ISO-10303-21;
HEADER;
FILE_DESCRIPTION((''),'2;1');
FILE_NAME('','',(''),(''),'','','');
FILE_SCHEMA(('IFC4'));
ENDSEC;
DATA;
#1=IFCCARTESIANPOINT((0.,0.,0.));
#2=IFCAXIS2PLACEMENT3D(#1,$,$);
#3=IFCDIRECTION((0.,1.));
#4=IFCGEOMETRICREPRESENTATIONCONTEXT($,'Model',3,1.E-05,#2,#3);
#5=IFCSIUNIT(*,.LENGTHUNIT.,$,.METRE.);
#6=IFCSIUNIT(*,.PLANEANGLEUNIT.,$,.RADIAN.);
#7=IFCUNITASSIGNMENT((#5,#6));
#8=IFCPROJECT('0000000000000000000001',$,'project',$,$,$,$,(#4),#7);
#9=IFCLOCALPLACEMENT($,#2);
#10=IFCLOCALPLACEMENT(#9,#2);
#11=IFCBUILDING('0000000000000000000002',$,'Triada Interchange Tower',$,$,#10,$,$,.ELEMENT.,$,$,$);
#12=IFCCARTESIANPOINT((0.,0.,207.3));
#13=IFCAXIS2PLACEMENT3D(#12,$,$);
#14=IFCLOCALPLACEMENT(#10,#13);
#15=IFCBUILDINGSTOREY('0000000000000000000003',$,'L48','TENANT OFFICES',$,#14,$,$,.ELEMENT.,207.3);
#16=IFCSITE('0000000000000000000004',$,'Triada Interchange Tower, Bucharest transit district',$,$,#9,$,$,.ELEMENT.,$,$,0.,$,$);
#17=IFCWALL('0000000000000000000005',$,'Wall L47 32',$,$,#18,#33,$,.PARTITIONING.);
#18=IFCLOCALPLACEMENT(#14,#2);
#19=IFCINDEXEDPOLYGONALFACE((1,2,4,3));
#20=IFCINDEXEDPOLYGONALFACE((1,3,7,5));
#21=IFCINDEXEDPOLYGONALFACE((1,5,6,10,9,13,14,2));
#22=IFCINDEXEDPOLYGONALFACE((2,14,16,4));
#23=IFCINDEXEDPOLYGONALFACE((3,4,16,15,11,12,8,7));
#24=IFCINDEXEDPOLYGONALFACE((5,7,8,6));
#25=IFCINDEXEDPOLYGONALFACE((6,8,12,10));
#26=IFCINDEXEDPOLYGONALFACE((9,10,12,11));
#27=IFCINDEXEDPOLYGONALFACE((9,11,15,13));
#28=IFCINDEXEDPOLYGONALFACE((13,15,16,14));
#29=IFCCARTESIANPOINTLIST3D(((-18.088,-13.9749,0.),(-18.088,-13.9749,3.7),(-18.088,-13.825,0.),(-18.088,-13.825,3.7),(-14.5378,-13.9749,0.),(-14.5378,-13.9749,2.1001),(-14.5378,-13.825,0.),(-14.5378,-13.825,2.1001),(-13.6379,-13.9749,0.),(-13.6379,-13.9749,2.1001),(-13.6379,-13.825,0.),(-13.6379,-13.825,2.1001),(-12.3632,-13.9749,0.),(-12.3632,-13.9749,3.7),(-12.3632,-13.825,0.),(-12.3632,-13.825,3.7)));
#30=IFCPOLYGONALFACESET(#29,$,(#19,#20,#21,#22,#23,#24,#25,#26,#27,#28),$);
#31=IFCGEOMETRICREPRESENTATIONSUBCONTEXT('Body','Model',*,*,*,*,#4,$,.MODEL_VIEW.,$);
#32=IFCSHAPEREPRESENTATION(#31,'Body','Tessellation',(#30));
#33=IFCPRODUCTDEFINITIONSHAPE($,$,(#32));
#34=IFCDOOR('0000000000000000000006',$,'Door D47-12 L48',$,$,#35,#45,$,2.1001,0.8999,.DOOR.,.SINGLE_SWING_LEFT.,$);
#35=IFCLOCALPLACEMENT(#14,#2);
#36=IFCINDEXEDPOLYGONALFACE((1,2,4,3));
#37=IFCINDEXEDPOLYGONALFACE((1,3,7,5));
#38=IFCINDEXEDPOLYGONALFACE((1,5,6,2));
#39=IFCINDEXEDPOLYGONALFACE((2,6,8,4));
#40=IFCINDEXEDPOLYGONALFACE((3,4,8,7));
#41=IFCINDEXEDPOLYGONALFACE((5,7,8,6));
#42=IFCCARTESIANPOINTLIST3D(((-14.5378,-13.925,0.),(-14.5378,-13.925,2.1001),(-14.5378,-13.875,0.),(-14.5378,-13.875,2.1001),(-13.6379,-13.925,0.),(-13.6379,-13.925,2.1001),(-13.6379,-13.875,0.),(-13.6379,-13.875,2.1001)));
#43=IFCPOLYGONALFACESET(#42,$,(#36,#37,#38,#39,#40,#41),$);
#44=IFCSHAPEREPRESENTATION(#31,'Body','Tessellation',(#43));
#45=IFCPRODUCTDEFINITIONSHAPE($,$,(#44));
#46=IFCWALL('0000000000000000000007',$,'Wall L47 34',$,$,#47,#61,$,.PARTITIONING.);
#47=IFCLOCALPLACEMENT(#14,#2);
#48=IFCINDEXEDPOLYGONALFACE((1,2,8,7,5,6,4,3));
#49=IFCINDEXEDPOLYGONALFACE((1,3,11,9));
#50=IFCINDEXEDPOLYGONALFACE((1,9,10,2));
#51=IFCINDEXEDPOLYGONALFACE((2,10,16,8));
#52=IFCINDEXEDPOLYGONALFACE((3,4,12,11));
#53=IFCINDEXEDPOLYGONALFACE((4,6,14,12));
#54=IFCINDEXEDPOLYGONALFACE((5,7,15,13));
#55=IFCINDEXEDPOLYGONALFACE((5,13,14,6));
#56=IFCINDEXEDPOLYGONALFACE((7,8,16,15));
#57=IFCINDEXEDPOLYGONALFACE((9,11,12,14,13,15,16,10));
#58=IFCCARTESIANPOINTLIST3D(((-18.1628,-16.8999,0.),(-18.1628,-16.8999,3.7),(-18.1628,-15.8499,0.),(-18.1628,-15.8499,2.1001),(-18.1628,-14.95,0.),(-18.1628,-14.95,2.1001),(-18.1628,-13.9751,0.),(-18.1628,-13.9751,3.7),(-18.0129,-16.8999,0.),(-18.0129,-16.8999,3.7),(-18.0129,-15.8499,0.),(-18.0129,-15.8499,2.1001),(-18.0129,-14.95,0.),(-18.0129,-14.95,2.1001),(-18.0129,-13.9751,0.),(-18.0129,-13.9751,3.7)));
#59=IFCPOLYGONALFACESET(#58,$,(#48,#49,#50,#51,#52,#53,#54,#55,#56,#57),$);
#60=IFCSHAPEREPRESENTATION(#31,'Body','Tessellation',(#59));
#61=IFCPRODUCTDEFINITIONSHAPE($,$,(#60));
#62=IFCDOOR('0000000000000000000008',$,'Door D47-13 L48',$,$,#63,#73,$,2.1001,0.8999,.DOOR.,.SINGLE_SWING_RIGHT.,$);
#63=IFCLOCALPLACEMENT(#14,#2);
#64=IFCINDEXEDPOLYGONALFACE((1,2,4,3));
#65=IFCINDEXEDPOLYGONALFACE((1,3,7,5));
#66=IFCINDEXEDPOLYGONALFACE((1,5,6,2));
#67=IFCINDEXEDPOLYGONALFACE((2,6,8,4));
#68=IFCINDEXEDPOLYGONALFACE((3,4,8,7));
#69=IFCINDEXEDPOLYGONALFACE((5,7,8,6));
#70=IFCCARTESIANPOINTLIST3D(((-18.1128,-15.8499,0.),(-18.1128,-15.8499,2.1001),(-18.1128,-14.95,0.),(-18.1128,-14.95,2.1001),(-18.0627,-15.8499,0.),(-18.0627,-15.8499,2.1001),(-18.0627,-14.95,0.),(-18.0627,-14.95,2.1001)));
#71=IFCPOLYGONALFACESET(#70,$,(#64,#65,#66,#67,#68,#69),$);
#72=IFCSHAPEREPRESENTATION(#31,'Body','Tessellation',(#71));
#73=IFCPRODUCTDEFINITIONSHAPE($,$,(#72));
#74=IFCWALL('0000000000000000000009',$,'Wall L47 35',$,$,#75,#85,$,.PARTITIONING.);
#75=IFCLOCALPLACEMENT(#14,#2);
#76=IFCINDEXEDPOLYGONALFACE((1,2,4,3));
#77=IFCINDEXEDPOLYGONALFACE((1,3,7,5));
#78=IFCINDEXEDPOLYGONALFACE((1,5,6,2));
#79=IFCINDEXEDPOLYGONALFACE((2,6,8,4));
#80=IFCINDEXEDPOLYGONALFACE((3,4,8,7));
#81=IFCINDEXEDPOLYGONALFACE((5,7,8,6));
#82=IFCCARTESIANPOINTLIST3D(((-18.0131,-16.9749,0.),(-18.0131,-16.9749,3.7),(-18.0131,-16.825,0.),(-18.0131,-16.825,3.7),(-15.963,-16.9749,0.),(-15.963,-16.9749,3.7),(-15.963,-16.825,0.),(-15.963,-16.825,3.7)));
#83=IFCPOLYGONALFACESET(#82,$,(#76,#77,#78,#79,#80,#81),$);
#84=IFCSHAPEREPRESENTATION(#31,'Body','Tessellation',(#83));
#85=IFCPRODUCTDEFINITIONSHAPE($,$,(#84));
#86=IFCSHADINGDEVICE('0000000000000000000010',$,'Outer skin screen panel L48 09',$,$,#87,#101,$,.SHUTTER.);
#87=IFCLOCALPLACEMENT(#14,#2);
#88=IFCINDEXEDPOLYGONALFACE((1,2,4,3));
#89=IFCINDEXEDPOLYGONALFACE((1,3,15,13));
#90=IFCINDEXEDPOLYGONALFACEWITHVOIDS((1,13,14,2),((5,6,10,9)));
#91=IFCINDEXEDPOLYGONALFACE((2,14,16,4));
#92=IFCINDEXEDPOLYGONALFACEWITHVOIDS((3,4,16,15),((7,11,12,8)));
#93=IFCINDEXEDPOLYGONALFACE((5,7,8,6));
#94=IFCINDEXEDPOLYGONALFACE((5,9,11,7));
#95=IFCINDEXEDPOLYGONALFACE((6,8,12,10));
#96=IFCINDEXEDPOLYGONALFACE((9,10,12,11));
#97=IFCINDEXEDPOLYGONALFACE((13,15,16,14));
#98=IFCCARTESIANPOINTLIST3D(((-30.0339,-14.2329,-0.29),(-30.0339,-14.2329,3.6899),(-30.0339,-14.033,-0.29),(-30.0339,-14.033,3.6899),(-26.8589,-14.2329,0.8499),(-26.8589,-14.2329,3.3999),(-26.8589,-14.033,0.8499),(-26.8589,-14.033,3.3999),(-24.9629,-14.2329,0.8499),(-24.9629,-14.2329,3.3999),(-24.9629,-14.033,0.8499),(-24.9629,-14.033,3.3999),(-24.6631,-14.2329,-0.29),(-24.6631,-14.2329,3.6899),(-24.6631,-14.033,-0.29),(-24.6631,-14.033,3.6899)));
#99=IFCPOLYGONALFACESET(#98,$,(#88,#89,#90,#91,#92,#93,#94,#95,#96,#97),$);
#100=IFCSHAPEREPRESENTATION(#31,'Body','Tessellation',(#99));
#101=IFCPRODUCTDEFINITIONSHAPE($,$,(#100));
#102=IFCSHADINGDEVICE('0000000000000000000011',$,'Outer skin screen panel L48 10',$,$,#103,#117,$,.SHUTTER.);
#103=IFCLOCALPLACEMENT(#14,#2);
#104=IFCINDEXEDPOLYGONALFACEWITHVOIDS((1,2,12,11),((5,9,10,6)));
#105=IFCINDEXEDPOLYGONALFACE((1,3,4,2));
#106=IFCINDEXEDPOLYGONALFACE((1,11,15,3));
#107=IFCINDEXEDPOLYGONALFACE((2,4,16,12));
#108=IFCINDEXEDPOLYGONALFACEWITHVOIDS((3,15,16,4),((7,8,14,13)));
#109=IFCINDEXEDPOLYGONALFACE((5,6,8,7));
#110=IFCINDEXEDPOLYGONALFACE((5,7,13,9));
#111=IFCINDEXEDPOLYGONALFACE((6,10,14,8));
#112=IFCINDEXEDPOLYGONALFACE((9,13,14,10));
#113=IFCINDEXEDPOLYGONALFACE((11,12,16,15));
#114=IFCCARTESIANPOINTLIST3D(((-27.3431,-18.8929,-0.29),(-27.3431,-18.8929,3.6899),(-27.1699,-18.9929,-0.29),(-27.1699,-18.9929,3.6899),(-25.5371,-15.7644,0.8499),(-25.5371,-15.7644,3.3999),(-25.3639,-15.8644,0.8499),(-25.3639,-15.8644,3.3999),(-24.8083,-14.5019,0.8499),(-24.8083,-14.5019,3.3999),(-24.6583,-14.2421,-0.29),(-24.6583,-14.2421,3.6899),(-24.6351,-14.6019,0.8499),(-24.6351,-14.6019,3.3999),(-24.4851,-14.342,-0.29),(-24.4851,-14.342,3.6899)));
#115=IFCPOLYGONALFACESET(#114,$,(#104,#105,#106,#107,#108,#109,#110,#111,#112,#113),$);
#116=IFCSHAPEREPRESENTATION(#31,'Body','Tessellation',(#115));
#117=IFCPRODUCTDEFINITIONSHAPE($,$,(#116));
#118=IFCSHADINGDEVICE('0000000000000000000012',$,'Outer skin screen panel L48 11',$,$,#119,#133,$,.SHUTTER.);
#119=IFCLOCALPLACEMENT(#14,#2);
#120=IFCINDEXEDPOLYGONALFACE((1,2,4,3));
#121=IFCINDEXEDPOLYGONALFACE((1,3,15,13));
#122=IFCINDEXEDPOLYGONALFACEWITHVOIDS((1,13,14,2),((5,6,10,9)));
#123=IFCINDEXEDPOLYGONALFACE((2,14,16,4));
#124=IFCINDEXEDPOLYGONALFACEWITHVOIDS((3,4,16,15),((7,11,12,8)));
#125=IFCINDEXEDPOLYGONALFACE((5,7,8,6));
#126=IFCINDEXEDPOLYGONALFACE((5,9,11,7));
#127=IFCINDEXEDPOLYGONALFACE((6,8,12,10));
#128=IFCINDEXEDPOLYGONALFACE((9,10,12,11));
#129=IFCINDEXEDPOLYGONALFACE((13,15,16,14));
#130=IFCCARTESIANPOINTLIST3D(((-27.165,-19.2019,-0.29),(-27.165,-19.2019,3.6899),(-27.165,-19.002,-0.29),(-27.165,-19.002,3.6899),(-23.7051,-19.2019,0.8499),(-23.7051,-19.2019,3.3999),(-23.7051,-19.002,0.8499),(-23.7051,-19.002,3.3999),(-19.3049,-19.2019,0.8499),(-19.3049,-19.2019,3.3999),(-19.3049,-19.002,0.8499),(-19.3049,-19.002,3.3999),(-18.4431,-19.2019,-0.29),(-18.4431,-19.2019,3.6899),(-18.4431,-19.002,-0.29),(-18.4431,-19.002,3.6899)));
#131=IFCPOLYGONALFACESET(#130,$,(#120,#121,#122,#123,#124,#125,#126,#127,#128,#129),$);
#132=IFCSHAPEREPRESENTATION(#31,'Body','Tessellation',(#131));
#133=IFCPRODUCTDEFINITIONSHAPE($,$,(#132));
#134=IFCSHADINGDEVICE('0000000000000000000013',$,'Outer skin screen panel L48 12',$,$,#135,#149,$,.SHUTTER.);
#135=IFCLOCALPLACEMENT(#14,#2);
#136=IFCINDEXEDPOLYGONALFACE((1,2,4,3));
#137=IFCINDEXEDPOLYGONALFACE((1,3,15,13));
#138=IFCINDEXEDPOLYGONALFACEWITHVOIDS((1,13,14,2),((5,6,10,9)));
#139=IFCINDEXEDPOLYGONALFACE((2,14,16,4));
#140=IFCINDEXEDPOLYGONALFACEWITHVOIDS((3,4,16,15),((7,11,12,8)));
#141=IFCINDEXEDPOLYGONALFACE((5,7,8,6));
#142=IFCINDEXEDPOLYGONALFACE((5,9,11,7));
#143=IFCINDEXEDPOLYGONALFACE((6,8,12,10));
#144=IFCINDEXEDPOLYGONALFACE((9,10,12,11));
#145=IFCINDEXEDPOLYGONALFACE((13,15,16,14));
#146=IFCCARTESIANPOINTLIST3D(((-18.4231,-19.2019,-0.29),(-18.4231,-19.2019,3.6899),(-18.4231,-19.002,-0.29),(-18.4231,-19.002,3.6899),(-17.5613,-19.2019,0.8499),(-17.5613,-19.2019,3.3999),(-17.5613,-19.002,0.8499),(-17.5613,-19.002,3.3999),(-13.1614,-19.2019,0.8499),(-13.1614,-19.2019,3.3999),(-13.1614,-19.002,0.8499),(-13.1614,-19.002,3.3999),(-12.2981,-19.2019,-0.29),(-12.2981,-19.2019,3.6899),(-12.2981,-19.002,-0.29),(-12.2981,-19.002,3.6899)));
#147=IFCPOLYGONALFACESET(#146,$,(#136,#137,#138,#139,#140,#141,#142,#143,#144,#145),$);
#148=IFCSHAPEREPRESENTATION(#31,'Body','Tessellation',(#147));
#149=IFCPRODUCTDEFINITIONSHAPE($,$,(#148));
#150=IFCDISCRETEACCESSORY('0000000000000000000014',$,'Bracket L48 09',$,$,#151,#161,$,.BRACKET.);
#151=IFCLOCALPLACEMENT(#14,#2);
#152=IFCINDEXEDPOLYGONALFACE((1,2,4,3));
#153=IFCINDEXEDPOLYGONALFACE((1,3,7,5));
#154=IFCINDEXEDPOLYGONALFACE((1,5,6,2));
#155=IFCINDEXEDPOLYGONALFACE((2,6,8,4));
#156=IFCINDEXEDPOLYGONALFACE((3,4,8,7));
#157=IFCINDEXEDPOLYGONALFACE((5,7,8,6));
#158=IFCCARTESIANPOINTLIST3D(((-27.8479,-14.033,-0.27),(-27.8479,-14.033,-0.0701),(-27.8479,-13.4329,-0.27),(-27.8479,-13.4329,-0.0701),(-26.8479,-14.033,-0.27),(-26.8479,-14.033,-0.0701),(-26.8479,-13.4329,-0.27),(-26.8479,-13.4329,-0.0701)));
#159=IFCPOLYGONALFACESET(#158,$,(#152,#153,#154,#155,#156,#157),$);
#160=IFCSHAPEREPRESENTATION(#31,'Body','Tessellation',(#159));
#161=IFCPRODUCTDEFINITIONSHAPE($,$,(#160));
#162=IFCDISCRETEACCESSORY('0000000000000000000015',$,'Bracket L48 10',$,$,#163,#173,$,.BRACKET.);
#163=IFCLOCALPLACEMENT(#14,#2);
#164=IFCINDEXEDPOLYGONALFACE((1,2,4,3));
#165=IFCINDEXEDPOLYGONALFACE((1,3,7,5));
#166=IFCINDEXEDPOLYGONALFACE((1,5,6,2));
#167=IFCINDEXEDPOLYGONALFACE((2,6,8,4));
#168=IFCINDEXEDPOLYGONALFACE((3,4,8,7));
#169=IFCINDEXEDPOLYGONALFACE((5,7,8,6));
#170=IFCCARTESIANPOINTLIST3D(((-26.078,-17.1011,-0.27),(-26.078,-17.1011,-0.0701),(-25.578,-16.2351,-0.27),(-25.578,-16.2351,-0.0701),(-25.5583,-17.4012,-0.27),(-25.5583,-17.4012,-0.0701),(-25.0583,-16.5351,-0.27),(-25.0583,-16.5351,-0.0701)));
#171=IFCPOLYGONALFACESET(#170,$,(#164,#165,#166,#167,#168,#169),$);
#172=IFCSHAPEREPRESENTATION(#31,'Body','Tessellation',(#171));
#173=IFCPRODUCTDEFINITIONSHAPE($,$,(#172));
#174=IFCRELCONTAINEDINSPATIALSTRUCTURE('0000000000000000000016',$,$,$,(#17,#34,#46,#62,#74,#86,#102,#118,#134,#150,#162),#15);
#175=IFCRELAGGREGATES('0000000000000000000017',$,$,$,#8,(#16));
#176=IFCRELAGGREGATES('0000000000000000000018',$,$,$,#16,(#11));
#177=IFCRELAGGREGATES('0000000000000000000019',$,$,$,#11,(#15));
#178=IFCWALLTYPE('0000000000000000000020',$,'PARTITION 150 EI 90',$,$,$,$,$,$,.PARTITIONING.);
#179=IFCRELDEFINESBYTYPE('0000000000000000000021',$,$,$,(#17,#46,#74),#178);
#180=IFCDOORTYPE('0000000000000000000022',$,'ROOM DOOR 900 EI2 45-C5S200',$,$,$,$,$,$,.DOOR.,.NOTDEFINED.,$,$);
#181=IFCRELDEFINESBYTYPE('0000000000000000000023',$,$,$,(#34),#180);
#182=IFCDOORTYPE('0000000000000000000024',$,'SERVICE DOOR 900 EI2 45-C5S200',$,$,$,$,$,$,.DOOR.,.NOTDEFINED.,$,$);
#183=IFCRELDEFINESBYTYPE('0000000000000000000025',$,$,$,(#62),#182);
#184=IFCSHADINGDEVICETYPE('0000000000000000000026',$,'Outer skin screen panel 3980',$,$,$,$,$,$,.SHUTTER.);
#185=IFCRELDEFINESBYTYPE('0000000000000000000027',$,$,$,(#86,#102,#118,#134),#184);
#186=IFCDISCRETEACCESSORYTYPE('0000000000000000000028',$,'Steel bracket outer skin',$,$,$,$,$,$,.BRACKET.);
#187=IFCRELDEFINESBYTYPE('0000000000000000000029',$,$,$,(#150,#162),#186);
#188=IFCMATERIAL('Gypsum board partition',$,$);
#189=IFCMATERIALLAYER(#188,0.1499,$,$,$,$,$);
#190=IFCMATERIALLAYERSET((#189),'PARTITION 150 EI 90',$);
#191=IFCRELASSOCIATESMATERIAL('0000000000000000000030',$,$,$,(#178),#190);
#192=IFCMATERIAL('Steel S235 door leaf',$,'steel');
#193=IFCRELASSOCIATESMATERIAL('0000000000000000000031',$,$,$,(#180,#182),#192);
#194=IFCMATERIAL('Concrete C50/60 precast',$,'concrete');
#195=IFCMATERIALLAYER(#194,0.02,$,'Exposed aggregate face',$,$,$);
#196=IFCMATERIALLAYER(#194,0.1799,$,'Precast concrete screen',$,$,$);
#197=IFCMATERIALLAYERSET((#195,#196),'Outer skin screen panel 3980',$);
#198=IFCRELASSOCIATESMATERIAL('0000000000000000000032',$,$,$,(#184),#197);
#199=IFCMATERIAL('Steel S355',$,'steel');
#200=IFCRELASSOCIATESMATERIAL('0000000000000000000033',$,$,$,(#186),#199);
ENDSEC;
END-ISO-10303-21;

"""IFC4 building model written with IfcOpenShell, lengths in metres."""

from ifc_helpers import new_model, si_unit, direction, frame, frame_2d, origin, origin_2d, place, context, subcontext, project, spatial, polyline, rectangle, outline, extrude, material, layer, layer_set, type_object, element, fill, save


model = new_model("IFC4")

# Units and contexts
model_context = context("Model", 3, precision=1e-05, world=origin(), true_north=direction((0.0, 1.0)))
body_context = subcontext(model_context, "Body", "Model", "MODEL_VIEW")
ifc_project = project(units=[si_unit("LENGTHUNIT", "METRE"), si_unit("PLANEANGLEUNIT", "RADIAN")], contexts=[model_context])

# Site, building, storey
site_placement = place(None, origin())
site = spatial("IfcSite", under=ifc_project, at=site_placement, Name="Triada Interchange Tower, Bucharest transit district", CompositionType="ELEMENT", RefElevation=0.0)
building_placement = place(site_placement, origin())
building = spatial("IfcBuilding", under=site, at=building_placement, Name="Triada Interchange Tower", CompositionType="ELEMENT")
storey_placement = place(building_placement, frame((0.0, 0.0, 207.3)))
storey = spatial("IfcBuildingStorey", under=building, at=storey_placement, Name="L48", Description="TENANT OFFICES", CompositionType="ELEMENT", Elevation=207.3)

# Walls, openings, doors
ifc_material_1 = material(Name="Gypsum board partition")
ifc_layer_1 = layer(ifc_material_1, 0.1499)
ifc_layer_set_1 = layer_set([ifc_layer_1], Name="PARTITION 150 EI 90")
wall_type_1 = type_object("IfcWallType", Name="PARTITION 150 EI 90", PredefinedType="PARTITIONING", material=ifc_layer_set_1)
wall_1_placement = place(storey_placement, frame((-18.0879, -13.8999, 0.0), z_axis=(0.0, 0.0, 1.0), x_axis=(1.0, 0.0, 0.0)))
wall_1 = element("IfcWall", 1, at=wall_1_placement, inside=storey, type_object=wall_type_1, Name="Wall L47 32", PredefinedType="PARTITIONING", context=body_context, shape_type="SweptSolid", body=[
    extrude(rectangle(XDim=5.7249, YDim=0.1499, at=frame_2d((2.8623, 0.0))), origin(), (0.0, 0.0, 1.0), 3.7),
])
opening_1_placement = place(wall_1_placement, frame((3.55, 0.0, 0.0)))
opening_1 = element("IfcOpeningElement", 2, at=opening_1_placement, cuts=wall_1, PredefinedType="OPENING", context=body_context, shape_type="SweptSolid", body=[
    extrude(rectangle(XDim=0.8999, YDim=2.1001, at=frame_2d((0.45, 1.05))), frame((0.0, 0.085, 0.0), z_axis=(0.0, -1.0, 0.0), x_axis=(1.0, 0.0, 0.0)), (0.0, 0.0, 1.0), 0.1699),
])
ifc_material_2 = material(Name="Steel S235 door leaf", Category="steel")
door_type_1 = type_object("IfcDoorType", Name="ROOM DOOR 900 EI2 45-C5S200", OperationType="NOTDEFINED", PredefinedType="DOOR", material=ifc_material_2)
door_1_placement = place(opening_1_placement, origin())
door_1 = element("IfcDoor", 3, at=door_1_placement, inside=storey, type_object=door_type_1, Name="Door D47-12 L48", OperationType="SINGLE_SWING_LEFT", OverallHeight=2.1001, OverallWidth=0.8999, PredefinedType="DOOR", context=body_context, shape_type="SweptSolid", body=[
    extrude(rectangle(XDim=0.8999, YDim=2.1001, at=frame_2d((0.45, 1.05))), frame((0.0, 0.0249, 0.0), z_axis=(0.0, -1.0, 0.0), x_axis=(1.0, 0.0, 0.0)), (0.0, 0.0, 1.0), 0.05),
])
fill(opening_1, door_1)
wall_2_placement = place(storey_placement, frame((-18.0879, -16.8999, 0.0), z_axis=(0.0, 0.0, 1.0), x_axis=(0.0, 1.0, 0.0)))
wall_2 = element("IfcWall", 4, at=wall_2_placement, inside=storey, type_object=wall_type_1, Name="Wall L47 34", PredefinedType="PARTITIONING", context=body_context, shape_type="SweptSolid", body=[
    extrude(rectangle(XDim=2.9248, YDim=0.1499, at=frame_2d((1.4624, 0.0))), origin(), (0.0, 0.0, 1.0), 3.7),
])
opening_2_placement = place(wall_2_placement, frame((1.05, 0.0, 0.0)))
opening_2 = element("IfcOpeningElement", 5, at=opening_2_placement, cuts=wall_2, PredefinedType="OPENING", context=body_context, shape_type="SweptSolid", body=[
    extrude(rectangle(XDim=0.8999, YDim=2.1001, at=frame_2d((0.45, 1.05))), frame((0.0, 0.085, 0.0), z_axis=(0.0, -1.0, 0.0), x_axis=(1.0, 0.0, 0.0)), (0.0, 0.0, 1.0), 0.1699),
])
door_type_2 = type_object("IfcDoorType", Name="SERVICE DOOR 900 EI2 45-C5S200", OperationType="NOTDEFINED", PredefinedType="DOOR", material=ifc_material_2)
door_2_placement = place(opening_2_placement, origin())
door_2 = element("IfcDoor", 6, at=door_2_placement, inside=storey, type_object=door_type_2, Name="Door D47-13 L48", OperationType="SINGLE_SWING_RIGHT", OverallHeight=2.1001, OverallWidth=0.8999, PredefinedType="DOOR", context=body_context, shape_type="SweptSolid", body=[
    extrude(rectangle(XDim=0.8999, YDim=2.1001, at=frame_2d((0.45, 1.05))), frame((0.0, 0.0249, 0.0), z_axis=(0.0, -1.0, 0.0), x_axis=(1.0, 0.0, 0.0)), (0.0, 0.0, 1.0), 0.05),
])
fill(opening_2, door_2)

# Wall
wall_3_placement = place(storey_placement, frame((-18.0129, -16.8999, 0.0), z_axis=(0.0, 0.0, 1.0), x_axis=(1.0, 0.0, 0.0)))
element("IfcWall", 7, at=wall_3_placement, inside=storey, type_object=wall_type_1, Name="Wall L47 35", PredefinedType="PARTITIONING", context=body_context, shape_type="SweptSolid", body=[
    extrude(rectangle(XDim=2.05, YDim=0.1499, at=frame_2d((1.0249, 0.0))), origin(), (0.0, 0.0, 1.0), 3.7),
])

# Shading devices
ifc_material_3 = material(Name="Concrete C50/60 precast", Category="concrete")
ifc_layer_2 = layer(ifc_material_3, 0.02, Name="Exposed aggregate face")
ifc_layer_3 = layer(ifc_material_3, 0.1799, Name="Precast concrete screen")
ifc_layer_set_2 = layer_set([ifc_layer_2, ifc_layer_3], Name="Outer skin screen panel 3980")
shading_device_type = type_object("IfcShadingDeviceType", Name="Outer skin screen panel 3980", PredefinedType="SHUTTER", material=ifc_layer_set_2)
shading_device_1_placement = place(storey_placement, frame((-30.0339, -14.033, -0.29), z_axis=(0.0, 0.0, 1.0), x_axis=(1.0, 0.0, 0.0)))
element("IfcShadingDevice", 8, at=shading_device_1_placement, inside=storey, type_object=shading_device_type, Name="Outer skin screen panel L48 09", PredefinedType="SHUTTER", context=body_context, shape_type="SweptSolid", body=[
    extrude(outline(polyline([(0.0, 0.0), (5.3708, 0.0), (5.3708, 3.98), (0.0, 3.98), (0.0, 0.0)]), holes=[polyline([(3.175, 1.1399), (3.175, 3.6899), (5.071, 3.6899), (5.071, 1.1399), (3.175, 1.1399)])]), frame((0.0, 0.0, 0.0), z_axis=(0.0, -1.0, 0.0), x_axis=(1.0, 0.0, 0.0)), (0.0, 0.0, 1.0), 0.2),
])
shading_device_2_placement = place(storey_placement, frame((-24.4851, -14.342, -0.29), z_axis=(0.0, 0.0, 1.0), x_axis=(-0.499948, -0.866055, 0.0)))
element("IfcShadingDevice", 9, at=shading_device_2_placement, inside=storey, type_object=shading_device_type, Name="Outer skin screen panel L48 10", PredefinedType="SHUTTER", context=body_context, shape_type="SweptSolid", body=[
    extrude(outline(polyline([(0.0, 0.0), (5.3701, 0.0), (5.3701, 3.98), (0.0, 3.98), (0.0, 0.0)]), holes=[polyline([(0.3, 1.1399), (0.3, 3.6899), (1.7578, 3.6899), (1.7578, 1.1399), (0.3, 1.1399)])]), frame((0.0, 0.0, 0.0), z_axis=(0.0, -1.0, 0.0), x_axis=(1.0, 0.0, 0.0)), (0.0, 0.0, 1.0), 0.2),
])
shading_device_3_placement = place(storey_placement, frame((-27.165, -19.002, -0.29), z_axis=(0.0, 0.0, 1.0), x_axis=(1.0, 0.0, 0.0)))
element("IfcShadingDevice", 10, at=shading_device_3_placement, inside=storey, type_object=shading_device_type, Name="Outer skin screen panel L48 11", PredefinedType="SHUTTER", context=body_context, shape_type="SweptSolid", body=[
    extrude(outline(polyline([(0.0, 0.0), (8.7219, 0.0), (8.7219, 3.98), (0.0, 3.98), (0.0, 0.0)]), holes=[polyline([(3.46, 1.1399), (3.46, 3.6899), (7.8601, 3.6899), (7.8601, 1.1399), (3.46, 1.1399)])]), frame((0.0, 0.0, 0.0), z_axis=(0.0, -1.0, 0.0), x_axis=(1.0, 0.0, 0.0)), (0.0, 0.0, 1.0), 0.2),
])
shading_device_4_placement = place(storey_placement, frame((-18.4231, -19.002, -0.29), z_axis=(0.0, 0.0, 1.0), x_axis=(1.0, 0.0, 0.0)))
element("IfcShadingDevice", 11, at=shading_device_4_placement, inside=storey, type_object=shading_device_type, Name="Outer skin screen panel L48 12", PredefinedType="SHUTTER", context=body_context, shape_type="SweptSolid", body=[
    extrude(outline(polyline([(0.0, 0.0), (6.125, 0.0), (6.125, 3.98), (0.0, 3.98), (0.0, 0.0)]), holes=[polyline([(0.8618, 1.1399), (0.8618, 3.6899), (5.2617, 3.6899), (5.2617, 1.1399), (0.8618, 1.1399)])]), frame((0.0, 0.0, 0.0), z_axis=(0.0, -1.0, 0.0), x_axis=(1.0, 0.0, 0.0)), (0.0, 0.0, 1.0), 0.2),
])

# Discrete accessories
ifc_material_4 = material(Name="Steel S355", Category="steel")
discrete_accessory_type = type_object("IfcDiscreteAccessoryType", Name="Steel bracket outer skin", PredefinedType="BRACKET", material=ifc_material_4)
for number, where, z_axis, x_axis, name in (
    (12, (-27.3479, -13.7329, -0.27), (0.0, 0.0, 1.0), (0.0, -1.0, 0.0), "Bracket L48 09"),
    (13, (-25.5681, -16.8181, -0.27), (0.0, 0.0, 1.0), (-0.866014, 0.500019, 0.0), "Bracket L48 10"),
):
    element("IfcDiscreteAccessory", number, at=place(storey_placement, frame(where, z_axis=z_axis, x_axis=x_axis)), inside=storey, type_object=discrete_accessory_type, Name=name, PredefinedType="BRACKET", context=body_context, shape_type="SweptSolid", body=[
        extrude(rectangle(XDim=0.6001, YDim=1.0, at=origin_2d()), origin(), (0.0, 0.0, 1.0), 0.2),
    ])

save(model, "model.ifc")
